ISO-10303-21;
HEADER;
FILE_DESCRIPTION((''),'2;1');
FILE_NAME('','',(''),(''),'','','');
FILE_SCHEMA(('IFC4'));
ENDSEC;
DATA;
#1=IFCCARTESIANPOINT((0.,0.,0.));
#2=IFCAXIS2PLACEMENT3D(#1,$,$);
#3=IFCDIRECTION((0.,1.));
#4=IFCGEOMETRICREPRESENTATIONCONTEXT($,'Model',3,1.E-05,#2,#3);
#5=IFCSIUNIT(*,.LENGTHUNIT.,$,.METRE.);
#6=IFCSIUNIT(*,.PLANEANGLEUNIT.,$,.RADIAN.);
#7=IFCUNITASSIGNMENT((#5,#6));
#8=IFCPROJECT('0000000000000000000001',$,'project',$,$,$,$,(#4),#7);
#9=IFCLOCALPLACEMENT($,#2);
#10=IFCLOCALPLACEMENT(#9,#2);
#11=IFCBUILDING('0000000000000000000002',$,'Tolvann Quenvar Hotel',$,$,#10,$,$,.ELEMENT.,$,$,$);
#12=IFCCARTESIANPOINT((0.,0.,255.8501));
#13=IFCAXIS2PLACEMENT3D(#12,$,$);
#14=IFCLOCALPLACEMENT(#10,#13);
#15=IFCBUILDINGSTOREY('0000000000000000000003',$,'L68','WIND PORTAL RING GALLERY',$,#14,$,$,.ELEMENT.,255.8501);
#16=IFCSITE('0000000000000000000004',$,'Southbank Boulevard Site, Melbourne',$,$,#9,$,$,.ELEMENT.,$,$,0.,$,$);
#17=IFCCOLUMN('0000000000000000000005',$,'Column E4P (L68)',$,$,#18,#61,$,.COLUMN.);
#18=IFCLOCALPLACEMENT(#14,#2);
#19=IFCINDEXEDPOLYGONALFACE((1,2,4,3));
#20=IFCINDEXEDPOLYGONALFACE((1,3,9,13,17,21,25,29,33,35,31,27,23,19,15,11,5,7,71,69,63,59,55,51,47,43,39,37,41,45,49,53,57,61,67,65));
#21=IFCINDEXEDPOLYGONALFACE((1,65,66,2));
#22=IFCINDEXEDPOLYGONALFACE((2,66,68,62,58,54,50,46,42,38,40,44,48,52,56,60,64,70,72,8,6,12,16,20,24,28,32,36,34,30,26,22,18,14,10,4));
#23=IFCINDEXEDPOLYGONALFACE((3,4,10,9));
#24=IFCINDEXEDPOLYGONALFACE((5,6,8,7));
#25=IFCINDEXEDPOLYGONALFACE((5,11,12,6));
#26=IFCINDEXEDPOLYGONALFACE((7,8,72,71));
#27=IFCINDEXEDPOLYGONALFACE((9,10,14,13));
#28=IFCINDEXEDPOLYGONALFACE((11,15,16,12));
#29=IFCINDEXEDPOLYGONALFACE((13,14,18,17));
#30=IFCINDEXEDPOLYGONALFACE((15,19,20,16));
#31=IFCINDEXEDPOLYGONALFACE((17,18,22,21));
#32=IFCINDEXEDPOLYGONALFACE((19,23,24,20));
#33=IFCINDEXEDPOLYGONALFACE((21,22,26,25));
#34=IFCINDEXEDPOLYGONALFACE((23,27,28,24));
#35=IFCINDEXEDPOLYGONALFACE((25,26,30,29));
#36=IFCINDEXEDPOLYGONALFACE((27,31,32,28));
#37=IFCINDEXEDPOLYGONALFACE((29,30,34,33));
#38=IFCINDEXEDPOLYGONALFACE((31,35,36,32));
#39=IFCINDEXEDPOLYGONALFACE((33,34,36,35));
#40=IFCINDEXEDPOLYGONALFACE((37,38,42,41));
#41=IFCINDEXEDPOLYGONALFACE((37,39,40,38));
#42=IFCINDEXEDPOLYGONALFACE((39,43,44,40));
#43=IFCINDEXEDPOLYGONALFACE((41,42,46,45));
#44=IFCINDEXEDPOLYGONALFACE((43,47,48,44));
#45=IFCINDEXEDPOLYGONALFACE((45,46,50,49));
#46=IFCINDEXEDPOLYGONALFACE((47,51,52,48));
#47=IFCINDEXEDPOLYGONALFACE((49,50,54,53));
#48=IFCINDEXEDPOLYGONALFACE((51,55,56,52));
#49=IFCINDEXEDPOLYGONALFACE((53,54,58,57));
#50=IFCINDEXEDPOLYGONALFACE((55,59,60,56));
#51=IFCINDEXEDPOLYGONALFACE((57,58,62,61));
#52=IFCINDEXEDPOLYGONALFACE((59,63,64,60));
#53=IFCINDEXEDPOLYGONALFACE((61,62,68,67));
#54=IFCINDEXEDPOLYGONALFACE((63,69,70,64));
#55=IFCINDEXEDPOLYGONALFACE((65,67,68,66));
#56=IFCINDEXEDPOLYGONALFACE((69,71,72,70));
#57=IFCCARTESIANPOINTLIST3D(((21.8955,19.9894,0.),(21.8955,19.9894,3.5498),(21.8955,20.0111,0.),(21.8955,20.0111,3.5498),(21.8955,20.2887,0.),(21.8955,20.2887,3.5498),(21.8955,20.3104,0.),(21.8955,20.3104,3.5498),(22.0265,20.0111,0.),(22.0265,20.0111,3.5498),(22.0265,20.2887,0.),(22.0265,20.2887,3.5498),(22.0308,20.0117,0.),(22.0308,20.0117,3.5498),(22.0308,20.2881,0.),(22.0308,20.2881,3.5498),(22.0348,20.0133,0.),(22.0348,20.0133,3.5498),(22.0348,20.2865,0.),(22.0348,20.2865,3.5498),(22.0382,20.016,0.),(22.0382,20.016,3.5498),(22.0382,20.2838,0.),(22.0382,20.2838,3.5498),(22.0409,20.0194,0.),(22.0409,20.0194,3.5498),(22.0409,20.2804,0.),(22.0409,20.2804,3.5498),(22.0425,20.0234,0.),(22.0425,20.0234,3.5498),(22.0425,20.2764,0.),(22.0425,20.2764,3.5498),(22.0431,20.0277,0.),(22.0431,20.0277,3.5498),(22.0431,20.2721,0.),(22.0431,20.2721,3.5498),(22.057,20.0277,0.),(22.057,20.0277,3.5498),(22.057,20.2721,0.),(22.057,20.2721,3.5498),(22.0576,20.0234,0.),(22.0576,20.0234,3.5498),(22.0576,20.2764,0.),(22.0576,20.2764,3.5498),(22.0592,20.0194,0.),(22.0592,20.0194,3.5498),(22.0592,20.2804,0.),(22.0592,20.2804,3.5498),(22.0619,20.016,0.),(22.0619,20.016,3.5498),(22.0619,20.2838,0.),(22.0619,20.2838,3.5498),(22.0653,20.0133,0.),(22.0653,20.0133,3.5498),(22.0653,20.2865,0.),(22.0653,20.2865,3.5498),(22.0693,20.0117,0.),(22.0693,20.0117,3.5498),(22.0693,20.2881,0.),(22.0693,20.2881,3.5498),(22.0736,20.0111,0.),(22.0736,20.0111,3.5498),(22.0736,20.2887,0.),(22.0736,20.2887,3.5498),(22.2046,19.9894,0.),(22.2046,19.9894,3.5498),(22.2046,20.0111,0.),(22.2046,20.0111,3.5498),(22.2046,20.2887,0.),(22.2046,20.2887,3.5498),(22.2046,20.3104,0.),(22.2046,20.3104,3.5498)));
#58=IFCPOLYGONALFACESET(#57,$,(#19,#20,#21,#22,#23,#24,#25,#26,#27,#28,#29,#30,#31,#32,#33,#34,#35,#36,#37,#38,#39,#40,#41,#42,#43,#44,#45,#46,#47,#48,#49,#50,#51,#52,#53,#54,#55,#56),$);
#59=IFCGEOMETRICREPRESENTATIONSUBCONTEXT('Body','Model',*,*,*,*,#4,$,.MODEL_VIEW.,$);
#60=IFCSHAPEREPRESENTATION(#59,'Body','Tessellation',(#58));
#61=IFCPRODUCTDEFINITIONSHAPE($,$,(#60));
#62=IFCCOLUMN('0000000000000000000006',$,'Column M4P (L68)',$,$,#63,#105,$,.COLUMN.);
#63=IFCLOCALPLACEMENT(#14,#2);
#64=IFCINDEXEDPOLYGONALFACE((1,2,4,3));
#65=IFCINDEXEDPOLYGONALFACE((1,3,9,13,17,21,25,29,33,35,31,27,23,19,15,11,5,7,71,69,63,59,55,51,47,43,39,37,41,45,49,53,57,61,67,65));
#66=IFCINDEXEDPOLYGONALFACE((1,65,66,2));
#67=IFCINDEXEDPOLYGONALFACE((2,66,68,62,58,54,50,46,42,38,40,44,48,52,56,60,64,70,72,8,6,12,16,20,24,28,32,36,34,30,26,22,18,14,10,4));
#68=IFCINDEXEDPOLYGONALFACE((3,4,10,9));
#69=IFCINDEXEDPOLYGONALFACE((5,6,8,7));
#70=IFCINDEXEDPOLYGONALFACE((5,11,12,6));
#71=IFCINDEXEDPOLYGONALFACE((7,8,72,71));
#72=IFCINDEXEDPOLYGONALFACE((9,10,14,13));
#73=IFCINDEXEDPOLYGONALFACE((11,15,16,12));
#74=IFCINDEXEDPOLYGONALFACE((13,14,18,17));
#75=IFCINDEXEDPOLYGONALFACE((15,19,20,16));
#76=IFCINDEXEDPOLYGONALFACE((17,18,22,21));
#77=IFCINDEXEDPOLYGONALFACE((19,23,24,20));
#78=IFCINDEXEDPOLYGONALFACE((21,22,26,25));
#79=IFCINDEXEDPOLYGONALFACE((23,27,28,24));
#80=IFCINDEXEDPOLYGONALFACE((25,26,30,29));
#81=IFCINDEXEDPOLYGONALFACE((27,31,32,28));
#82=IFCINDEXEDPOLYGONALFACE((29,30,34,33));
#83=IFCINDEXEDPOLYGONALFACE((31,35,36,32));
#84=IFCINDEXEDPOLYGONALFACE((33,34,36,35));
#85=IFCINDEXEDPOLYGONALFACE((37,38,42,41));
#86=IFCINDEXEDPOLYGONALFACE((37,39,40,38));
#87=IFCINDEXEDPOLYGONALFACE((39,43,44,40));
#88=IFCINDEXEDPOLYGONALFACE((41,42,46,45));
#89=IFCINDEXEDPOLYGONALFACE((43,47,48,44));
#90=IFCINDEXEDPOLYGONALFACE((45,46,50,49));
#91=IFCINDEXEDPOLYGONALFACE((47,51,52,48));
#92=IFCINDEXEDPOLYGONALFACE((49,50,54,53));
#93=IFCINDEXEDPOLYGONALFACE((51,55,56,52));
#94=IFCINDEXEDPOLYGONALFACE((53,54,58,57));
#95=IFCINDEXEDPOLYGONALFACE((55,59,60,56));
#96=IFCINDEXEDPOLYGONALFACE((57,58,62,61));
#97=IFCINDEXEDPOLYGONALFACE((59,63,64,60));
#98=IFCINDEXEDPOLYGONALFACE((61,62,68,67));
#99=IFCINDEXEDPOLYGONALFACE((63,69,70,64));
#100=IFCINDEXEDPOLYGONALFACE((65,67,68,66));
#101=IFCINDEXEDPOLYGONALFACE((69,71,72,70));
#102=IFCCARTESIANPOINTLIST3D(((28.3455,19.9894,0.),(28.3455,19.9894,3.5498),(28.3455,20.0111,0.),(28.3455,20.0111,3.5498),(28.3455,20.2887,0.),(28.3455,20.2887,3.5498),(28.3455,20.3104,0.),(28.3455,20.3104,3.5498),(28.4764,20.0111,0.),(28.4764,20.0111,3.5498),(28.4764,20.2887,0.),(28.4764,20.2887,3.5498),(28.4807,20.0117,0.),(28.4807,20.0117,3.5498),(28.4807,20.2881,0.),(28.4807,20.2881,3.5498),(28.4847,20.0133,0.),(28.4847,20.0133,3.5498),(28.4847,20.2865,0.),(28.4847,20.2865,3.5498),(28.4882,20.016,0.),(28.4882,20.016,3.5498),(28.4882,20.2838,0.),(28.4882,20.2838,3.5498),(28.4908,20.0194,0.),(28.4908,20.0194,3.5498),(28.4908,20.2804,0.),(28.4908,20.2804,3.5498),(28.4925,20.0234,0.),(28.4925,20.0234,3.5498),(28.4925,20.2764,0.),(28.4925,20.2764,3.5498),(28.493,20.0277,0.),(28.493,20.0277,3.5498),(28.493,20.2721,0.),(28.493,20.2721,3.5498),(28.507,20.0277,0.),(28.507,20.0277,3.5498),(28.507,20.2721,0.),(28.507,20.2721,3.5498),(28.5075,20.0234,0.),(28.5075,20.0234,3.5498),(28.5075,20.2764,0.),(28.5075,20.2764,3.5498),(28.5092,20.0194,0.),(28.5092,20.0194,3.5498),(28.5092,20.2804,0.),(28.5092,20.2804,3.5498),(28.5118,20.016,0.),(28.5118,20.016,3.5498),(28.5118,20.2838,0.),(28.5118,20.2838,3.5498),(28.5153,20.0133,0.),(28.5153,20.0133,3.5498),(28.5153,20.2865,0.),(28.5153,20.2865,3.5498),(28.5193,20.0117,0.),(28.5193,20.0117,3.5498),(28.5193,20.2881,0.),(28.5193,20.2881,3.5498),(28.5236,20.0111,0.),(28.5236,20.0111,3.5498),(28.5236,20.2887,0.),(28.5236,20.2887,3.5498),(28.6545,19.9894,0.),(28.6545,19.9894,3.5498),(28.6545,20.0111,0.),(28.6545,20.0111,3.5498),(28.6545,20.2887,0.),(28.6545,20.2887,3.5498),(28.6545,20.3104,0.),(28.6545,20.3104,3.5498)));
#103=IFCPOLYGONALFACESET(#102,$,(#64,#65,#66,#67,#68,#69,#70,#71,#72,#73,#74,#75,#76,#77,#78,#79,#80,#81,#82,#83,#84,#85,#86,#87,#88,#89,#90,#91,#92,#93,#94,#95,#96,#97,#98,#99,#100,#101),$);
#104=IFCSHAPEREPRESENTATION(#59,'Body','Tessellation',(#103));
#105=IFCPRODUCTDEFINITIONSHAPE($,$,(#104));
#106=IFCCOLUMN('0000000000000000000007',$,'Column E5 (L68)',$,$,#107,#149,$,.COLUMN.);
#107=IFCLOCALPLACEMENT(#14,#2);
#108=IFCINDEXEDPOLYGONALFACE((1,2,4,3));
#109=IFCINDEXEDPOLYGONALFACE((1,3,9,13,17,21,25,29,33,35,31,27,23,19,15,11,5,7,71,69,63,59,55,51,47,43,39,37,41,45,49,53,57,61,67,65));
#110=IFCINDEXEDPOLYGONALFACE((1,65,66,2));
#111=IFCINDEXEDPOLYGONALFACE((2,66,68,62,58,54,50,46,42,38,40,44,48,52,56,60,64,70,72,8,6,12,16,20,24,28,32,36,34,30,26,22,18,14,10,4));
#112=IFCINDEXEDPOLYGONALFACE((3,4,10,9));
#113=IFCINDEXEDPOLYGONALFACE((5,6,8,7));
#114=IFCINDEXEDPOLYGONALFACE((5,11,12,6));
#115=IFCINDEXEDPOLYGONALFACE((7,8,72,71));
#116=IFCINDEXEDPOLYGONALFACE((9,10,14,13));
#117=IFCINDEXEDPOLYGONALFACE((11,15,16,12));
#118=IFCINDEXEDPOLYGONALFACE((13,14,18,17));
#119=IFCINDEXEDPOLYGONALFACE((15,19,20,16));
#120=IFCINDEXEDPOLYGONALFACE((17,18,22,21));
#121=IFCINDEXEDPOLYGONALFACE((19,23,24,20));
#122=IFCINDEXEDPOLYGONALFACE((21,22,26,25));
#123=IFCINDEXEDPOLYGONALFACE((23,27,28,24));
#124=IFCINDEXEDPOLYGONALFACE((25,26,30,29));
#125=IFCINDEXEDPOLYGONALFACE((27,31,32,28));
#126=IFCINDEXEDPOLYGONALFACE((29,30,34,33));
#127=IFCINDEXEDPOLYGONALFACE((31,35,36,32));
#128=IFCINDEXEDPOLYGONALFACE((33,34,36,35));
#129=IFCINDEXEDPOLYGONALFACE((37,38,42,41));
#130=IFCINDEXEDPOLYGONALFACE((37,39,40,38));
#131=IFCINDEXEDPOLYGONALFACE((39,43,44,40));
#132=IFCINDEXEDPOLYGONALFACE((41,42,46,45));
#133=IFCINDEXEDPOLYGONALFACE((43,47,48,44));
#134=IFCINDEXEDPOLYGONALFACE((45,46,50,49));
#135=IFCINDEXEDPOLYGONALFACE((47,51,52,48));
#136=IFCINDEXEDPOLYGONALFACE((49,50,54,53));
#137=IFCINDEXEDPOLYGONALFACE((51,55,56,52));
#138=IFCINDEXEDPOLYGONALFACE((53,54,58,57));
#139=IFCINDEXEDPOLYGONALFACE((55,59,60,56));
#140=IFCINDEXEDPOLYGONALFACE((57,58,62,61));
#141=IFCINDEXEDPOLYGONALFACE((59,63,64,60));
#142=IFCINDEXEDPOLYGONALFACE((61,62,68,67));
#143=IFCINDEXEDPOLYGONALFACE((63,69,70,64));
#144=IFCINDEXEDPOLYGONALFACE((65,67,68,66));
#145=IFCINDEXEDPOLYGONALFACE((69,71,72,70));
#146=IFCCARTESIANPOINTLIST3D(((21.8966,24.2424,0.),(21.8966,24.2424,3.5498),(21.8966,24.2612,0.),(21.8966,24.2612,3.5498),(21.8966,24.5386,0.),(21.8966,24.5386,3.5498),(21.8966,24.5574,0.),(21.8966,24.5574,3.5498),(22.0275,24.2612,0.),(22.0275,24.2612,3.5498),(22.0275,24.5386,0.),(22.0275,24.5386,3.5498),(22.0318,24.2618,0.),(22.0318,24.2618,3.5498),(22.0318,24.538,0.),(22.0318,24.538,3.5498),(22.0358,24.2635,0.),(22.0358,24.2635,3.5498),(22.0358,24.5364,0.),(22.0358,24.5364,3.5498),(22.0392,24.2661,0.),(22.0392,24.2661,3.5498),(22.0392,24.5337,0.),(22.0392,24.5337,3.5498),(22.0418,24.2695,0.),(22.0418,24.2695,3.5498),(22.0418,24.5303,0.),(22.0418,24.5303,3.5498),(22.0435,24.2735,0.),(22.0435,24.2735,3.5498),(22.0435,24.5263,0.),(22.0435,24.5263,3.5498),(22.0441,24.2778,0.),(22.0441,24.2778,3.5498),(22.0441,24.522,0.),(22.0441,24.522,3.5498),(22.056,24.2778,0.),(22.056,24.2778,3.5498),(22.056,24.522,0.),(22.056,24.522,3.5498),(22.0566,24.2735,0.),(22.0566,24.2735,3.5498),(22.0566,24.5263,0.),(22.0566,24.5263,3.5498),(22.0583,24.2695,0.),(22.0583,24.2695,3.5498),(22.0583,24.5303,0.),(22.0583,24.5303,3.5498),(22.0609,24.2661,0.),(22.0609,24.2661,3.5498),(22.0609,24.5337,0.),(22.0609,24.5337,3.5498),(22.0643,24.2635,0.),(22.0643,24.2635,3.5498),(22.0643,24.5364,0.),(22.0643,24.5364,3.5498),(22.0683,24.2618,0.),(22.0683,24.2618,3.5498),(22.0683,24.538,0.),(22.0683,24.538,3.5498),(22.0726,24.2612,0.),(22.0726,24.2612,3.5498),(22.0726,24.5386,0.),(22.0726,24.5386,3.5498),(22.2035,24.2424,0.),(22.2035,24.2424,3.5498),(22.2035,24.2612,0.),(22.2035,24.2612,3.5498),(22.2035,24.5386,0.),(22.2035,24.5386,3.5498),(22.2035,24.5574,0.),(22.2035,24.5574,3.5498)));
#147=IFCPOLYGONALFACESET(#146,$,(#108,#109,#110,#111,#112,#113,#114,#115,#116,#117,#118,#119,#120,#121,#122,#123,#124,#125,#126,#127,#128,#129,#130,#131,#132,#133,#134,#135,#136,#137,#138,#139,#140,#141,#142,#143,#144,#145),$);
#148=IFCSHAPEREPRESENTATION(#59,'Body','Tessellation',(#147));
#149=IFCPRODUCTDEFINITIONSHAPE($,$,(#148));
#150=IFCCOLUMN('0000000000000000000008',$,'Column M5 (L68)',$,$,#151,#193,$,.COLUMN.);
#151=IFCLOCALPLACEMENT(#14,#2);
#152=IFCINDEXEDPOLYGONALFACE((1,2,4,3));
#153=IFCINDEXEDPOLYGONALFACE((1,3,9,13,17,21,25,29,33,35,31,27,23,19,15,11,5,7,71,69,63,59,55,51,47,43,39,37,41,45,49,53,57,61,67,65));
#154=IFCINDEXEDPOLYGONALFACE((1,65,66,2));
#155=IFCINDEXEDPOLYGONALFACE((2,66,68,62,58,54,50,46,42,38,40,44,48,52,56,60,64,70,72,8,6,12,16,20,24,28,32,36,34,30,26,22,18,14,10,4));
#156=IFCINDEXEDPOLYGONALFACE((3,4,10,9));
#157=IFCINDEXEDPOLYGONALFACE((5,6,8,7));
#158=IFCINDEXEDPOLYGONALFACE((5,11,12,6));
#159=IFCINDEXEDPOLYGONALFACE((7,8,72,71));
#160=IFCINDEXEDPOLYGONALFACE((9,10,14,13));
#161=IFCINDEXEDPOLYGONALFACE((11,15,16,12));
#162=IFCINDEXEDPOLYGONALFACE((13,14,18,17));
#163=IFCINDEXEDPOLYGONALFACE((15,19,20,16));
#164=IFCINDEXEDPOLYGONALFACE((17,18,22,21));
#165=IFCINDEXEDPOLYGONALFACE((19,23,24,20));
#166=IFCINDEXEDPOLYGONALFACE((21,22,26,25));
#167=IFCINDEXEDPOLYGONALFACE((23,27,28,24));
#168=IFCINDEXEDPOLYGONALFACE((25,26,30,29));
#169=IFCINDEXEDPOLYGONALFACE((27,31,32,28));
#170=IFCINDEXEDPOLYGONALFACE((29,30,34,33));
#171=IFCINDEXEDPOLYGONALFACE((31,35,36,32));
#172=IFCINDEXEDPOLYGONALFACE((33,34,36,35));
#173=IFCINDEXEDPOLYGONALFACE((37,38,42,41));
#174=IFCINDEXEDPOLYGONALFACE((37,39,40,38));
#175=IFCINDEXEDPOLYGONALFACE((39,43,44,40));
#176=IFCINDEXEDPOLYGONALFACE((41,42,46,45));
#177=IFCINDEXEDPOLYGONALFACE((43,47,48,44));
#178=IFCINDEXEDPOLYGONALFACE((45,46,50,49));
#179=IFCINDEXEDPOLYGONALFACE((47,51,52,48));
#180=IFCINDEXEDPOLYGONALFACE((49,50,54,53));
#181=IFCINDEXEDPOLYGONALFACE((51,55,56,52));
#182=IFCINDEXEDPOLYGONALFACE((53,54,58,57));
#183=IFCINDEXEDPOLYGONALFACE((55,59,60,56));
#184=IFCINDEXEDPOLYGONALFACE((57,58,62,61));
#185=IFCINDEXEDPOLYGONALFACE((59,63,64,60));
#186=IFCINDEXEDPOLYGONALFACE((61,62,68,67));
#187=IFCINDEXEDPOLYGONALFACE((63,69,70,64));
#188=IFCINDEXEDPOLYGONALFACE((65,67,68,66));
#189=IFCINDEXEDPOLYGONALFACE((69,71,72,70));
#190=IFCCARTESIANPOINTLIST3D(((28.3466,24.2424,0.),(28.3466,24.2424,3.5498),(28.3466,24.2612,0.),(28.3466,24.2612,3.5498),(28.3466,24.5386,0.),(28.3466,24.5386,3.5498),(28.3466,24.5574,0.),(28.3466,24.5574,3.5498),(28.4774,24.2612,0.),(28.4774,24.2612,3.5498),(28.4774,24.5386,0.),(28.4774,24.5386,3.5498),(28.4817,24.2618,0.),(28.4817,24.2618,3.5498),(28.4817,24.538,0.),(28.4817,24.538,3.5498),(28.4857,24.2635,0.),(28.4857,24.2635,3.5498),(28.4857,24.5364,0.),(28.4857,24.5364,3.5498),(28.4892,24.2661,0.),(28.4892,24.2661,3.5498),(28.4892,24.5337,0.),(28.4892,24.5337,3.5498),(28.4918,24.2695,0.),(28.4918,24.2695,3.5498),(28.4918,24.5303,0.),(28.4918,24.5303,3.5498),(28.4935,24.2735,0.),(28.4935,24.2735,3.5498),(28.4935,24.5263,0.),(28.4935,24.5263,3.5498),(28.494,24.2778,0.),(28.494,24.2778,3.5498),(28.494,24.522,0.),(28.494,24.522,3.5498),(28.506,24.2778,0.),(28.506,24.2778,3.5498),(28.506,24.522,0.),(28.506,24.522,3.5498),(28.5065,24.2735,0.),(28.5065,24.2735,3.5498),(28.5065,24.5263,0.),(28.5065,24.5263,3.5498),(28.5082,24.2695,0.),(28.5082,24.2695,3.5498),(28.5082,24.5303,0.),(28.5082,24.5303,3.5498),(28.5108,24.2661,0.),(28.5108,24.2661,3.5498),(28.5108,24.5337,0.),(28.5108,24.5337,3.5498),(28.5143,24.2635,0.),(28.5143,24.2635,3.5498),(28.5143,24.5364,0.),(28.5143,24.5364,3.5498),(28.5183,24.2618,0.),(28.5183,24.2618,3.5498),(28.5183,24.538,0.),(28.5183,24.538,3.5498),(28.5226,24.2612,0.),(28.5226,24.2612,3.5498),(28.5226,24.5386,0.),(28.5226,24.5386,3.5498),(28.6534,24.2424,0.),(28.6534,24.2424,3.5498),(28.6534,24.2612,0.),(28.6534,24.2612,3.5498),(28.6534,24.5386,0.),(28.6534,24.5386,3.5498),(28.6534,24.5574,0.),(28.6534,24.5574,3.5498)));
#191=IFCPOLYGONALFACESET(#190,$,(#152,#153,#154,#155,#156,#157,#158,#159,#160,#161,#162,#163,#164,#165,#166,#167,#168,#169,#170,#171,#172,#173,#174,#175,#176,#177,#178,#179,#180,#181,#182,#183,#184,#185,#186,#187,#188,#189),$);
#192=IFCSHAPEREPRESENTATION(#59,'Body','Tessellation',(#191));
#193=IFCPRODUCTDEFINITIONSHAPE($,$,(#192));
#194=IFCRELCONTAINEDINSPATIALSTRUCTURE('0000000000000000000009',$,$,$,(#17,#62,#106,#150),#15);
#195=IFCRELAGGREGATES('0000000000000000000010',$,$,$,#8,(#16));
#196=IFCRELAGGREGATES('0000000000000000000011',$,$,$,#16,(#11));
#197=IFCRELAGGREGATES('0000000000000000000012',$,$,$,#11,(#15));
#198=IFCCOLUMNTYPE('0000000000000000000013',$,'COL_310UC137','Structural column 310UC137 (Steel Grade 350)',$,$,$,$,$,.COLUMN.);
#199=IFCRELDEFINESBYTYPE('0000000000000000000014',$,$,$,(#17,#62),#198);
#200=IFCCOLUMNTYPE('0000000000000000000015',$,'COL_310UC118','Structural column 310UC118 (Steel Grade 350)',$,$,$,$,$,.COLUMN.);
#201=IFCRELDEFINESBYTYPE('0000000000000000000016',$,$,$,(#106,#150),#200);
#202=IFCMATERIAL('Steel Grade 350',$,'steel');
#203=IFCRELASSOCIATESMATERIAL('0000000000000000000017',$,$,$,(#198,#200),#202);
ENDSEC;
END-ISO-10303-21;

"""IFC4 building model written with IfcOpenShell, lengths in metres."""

from ifc_helpers import new_model, si_unit, direction, frame, origin, origin_2d, place, context, subcontext, project, spatial, i_section, extrude, source, transform, mapped, material, material_profile, profile_set, type_object, type_shapes, element, save


model = new_model("IFC4")

# Units and contexts
model_context = context("Model", 3, precision=1e-05, world=origin(), true_north=direction((0.0, 1.0)))
body_context = subcontext(model_context, "Body", "Model", "MODEL_VIEW")
ifc_project = project(units=[si_unit("LENGTHUNIT", "METRE"), si_unit("PLANEANGLEUNIT", "RADIAN")], contexts=[model_context])

# Site, building, storey
site_placement = place(None, origin())
site = spatial("IfcSite", under=ifc_project, at=site_placement, Name="Southbank Boulevard Site, Melbourne", CompositionType="ELEMENT", RefElevation=0.0)
building_placement = place(site_placement, origin())
building = spatial("IfcBuilding", under=site, at=building_placement, Name="Tolvann Quenvar Hotel", CompositionType="ELEMENT")
storey_placement = place(building_placement, frame((0.0, 0.0, 255.8501)))
storey = spatial("IfcBuildingStorey", under=building, at=storey_placement, Name="L68", Description="WIND PORTAL RING GALLERY", CompositionType="ELEMENT", Elevation=255.8501)

# Columns
ifc_material_1 = material(Name="Steel Grade 350", Category="steel")
ifc_material_profile_1 = material_profile(ifc_material_1, i_section(OverallWidth=0.3091, OverallDepth=0.321, WebThickness=0.0139, FlangeThickness=0.0217, FilletRadius=0.0166, at=origin_2d()), Name="310UC137")
ifc_profile_set_1 = profile_set([ifc_material_profile_1], Name="Steel Grade 350")
column_type_1 = type_object("IfcColumnType", Name="COL_310UC137", Description="Structural column 310UC137 (Steel Grade 350)", PredefinedType="COLUMN", material=ifc_profile_set_1)
shared_shape_1 = source(origin(), body_context, "Body", "SweptSolid", [
    extrude(i_section(OverallWidth=0.3091, OverallDepth=0.321, WebThickness=0.0139, FlangeThickness=0.0217, FilletRadius=0.0166, at=origin_2d()), origin(), (0.0, 0.0, 1.0), 3.5498),
])
type_shapes(column_type_1, [shared_shape_1])
for number, where, z_axis, x_axis, name in (
    (1, (22.05, 20.1499, 0.0), (0.0, 0.0, 1.0), (1.0, 0.0, 0.0), "Column E4P (L68)"),
    (2, (28.5, 20.1499, 0.0), (0.0, 0.0, 1.0), (1.0, 0.0, 0.0), "Column M4P (L68)"),
):
    element("IfcColumn", number, at=place(storey_placement, frame(where, z_axis=z_axis, x_axis=x_axis)), inside=storey, type_object=column_type_1, Name=name, PredefinedType="COLUMN", context=body_context, shape_type="MappedRepresentation", body=[
        mapped(shared_shape_1, transform((0.0, 0.0, 0.0), x_axis=(1.0, 0.0, 0.0), y_axis=(0.0, 1.0, 0.0), z_axis=(0.0, 0.0, 1.0), scale=1.0)),
    ])
ifc_material_profile_2 = material_profile(ifc_material_1, i_section(OverallWidth=0.3069, OverallDepth=0.3149, WebThickness=0.012, FlangeThickness=0.0188, FilletRadius=0.0166, at=origin_2d()), Name="310UC118")
ifc_profile_set_2 = profile_set([ifc_material_profile_2], Name="Steel Grade 350")
column_type_2 = type_object("IfcColumnType", Name="COL_310UC118", Description="Structural column 310UC118 (Steel Grade 350)", PredefinedType="COLUMN", material=ifc_profile_set_2)
shared_shape_2 = source(origin(), body_context, "Body", "SweptSolid", [
    extrude(i_section(OverallWidth=0.3069, OverallDepth=0.3149, WebThickness=0.012, FlangeThickness=0.0188, FilletRadius=0.0166, at=origin_2d()), origin(), (0.0, 0.0, 1.0), 3.5498),
])
type_shapes(column_type_2, [shared_shape_2])
for number, where, z_axis, x_axis, name in (
    (3, (22.05, 24.3999, 0.0), (0.0, 0.0, 1.0), (1.0, 0.0, 0.0), "Column E5 (L68)"),
    (4, (28.5, 24.3999, 0.0), (0.0, 0.0, 1.0), (1.0, 0.0, 0.0), "Column M5 (L68)"),
):
    element("IfcColumn", number, at=place(storey_placement, frame(where, z_axis=z_axis, x_axis=x_axis)), inside=storey, type_object=column_type_2, Name=name, PredefinedType="COLUMN", context=body_context, shape_type="MappedRepresentation", body=[
        mapped(shared_shape_2, transform((0.0, 0.0, 0.0), x_axis=(1.0, 0.0, 0.0), y_axis=(0.0, 1.0, 0.0), z_axis=(0.0, 0.0, 1.0), scale=1.0)),
    ])

save(model, "model.ifc")
